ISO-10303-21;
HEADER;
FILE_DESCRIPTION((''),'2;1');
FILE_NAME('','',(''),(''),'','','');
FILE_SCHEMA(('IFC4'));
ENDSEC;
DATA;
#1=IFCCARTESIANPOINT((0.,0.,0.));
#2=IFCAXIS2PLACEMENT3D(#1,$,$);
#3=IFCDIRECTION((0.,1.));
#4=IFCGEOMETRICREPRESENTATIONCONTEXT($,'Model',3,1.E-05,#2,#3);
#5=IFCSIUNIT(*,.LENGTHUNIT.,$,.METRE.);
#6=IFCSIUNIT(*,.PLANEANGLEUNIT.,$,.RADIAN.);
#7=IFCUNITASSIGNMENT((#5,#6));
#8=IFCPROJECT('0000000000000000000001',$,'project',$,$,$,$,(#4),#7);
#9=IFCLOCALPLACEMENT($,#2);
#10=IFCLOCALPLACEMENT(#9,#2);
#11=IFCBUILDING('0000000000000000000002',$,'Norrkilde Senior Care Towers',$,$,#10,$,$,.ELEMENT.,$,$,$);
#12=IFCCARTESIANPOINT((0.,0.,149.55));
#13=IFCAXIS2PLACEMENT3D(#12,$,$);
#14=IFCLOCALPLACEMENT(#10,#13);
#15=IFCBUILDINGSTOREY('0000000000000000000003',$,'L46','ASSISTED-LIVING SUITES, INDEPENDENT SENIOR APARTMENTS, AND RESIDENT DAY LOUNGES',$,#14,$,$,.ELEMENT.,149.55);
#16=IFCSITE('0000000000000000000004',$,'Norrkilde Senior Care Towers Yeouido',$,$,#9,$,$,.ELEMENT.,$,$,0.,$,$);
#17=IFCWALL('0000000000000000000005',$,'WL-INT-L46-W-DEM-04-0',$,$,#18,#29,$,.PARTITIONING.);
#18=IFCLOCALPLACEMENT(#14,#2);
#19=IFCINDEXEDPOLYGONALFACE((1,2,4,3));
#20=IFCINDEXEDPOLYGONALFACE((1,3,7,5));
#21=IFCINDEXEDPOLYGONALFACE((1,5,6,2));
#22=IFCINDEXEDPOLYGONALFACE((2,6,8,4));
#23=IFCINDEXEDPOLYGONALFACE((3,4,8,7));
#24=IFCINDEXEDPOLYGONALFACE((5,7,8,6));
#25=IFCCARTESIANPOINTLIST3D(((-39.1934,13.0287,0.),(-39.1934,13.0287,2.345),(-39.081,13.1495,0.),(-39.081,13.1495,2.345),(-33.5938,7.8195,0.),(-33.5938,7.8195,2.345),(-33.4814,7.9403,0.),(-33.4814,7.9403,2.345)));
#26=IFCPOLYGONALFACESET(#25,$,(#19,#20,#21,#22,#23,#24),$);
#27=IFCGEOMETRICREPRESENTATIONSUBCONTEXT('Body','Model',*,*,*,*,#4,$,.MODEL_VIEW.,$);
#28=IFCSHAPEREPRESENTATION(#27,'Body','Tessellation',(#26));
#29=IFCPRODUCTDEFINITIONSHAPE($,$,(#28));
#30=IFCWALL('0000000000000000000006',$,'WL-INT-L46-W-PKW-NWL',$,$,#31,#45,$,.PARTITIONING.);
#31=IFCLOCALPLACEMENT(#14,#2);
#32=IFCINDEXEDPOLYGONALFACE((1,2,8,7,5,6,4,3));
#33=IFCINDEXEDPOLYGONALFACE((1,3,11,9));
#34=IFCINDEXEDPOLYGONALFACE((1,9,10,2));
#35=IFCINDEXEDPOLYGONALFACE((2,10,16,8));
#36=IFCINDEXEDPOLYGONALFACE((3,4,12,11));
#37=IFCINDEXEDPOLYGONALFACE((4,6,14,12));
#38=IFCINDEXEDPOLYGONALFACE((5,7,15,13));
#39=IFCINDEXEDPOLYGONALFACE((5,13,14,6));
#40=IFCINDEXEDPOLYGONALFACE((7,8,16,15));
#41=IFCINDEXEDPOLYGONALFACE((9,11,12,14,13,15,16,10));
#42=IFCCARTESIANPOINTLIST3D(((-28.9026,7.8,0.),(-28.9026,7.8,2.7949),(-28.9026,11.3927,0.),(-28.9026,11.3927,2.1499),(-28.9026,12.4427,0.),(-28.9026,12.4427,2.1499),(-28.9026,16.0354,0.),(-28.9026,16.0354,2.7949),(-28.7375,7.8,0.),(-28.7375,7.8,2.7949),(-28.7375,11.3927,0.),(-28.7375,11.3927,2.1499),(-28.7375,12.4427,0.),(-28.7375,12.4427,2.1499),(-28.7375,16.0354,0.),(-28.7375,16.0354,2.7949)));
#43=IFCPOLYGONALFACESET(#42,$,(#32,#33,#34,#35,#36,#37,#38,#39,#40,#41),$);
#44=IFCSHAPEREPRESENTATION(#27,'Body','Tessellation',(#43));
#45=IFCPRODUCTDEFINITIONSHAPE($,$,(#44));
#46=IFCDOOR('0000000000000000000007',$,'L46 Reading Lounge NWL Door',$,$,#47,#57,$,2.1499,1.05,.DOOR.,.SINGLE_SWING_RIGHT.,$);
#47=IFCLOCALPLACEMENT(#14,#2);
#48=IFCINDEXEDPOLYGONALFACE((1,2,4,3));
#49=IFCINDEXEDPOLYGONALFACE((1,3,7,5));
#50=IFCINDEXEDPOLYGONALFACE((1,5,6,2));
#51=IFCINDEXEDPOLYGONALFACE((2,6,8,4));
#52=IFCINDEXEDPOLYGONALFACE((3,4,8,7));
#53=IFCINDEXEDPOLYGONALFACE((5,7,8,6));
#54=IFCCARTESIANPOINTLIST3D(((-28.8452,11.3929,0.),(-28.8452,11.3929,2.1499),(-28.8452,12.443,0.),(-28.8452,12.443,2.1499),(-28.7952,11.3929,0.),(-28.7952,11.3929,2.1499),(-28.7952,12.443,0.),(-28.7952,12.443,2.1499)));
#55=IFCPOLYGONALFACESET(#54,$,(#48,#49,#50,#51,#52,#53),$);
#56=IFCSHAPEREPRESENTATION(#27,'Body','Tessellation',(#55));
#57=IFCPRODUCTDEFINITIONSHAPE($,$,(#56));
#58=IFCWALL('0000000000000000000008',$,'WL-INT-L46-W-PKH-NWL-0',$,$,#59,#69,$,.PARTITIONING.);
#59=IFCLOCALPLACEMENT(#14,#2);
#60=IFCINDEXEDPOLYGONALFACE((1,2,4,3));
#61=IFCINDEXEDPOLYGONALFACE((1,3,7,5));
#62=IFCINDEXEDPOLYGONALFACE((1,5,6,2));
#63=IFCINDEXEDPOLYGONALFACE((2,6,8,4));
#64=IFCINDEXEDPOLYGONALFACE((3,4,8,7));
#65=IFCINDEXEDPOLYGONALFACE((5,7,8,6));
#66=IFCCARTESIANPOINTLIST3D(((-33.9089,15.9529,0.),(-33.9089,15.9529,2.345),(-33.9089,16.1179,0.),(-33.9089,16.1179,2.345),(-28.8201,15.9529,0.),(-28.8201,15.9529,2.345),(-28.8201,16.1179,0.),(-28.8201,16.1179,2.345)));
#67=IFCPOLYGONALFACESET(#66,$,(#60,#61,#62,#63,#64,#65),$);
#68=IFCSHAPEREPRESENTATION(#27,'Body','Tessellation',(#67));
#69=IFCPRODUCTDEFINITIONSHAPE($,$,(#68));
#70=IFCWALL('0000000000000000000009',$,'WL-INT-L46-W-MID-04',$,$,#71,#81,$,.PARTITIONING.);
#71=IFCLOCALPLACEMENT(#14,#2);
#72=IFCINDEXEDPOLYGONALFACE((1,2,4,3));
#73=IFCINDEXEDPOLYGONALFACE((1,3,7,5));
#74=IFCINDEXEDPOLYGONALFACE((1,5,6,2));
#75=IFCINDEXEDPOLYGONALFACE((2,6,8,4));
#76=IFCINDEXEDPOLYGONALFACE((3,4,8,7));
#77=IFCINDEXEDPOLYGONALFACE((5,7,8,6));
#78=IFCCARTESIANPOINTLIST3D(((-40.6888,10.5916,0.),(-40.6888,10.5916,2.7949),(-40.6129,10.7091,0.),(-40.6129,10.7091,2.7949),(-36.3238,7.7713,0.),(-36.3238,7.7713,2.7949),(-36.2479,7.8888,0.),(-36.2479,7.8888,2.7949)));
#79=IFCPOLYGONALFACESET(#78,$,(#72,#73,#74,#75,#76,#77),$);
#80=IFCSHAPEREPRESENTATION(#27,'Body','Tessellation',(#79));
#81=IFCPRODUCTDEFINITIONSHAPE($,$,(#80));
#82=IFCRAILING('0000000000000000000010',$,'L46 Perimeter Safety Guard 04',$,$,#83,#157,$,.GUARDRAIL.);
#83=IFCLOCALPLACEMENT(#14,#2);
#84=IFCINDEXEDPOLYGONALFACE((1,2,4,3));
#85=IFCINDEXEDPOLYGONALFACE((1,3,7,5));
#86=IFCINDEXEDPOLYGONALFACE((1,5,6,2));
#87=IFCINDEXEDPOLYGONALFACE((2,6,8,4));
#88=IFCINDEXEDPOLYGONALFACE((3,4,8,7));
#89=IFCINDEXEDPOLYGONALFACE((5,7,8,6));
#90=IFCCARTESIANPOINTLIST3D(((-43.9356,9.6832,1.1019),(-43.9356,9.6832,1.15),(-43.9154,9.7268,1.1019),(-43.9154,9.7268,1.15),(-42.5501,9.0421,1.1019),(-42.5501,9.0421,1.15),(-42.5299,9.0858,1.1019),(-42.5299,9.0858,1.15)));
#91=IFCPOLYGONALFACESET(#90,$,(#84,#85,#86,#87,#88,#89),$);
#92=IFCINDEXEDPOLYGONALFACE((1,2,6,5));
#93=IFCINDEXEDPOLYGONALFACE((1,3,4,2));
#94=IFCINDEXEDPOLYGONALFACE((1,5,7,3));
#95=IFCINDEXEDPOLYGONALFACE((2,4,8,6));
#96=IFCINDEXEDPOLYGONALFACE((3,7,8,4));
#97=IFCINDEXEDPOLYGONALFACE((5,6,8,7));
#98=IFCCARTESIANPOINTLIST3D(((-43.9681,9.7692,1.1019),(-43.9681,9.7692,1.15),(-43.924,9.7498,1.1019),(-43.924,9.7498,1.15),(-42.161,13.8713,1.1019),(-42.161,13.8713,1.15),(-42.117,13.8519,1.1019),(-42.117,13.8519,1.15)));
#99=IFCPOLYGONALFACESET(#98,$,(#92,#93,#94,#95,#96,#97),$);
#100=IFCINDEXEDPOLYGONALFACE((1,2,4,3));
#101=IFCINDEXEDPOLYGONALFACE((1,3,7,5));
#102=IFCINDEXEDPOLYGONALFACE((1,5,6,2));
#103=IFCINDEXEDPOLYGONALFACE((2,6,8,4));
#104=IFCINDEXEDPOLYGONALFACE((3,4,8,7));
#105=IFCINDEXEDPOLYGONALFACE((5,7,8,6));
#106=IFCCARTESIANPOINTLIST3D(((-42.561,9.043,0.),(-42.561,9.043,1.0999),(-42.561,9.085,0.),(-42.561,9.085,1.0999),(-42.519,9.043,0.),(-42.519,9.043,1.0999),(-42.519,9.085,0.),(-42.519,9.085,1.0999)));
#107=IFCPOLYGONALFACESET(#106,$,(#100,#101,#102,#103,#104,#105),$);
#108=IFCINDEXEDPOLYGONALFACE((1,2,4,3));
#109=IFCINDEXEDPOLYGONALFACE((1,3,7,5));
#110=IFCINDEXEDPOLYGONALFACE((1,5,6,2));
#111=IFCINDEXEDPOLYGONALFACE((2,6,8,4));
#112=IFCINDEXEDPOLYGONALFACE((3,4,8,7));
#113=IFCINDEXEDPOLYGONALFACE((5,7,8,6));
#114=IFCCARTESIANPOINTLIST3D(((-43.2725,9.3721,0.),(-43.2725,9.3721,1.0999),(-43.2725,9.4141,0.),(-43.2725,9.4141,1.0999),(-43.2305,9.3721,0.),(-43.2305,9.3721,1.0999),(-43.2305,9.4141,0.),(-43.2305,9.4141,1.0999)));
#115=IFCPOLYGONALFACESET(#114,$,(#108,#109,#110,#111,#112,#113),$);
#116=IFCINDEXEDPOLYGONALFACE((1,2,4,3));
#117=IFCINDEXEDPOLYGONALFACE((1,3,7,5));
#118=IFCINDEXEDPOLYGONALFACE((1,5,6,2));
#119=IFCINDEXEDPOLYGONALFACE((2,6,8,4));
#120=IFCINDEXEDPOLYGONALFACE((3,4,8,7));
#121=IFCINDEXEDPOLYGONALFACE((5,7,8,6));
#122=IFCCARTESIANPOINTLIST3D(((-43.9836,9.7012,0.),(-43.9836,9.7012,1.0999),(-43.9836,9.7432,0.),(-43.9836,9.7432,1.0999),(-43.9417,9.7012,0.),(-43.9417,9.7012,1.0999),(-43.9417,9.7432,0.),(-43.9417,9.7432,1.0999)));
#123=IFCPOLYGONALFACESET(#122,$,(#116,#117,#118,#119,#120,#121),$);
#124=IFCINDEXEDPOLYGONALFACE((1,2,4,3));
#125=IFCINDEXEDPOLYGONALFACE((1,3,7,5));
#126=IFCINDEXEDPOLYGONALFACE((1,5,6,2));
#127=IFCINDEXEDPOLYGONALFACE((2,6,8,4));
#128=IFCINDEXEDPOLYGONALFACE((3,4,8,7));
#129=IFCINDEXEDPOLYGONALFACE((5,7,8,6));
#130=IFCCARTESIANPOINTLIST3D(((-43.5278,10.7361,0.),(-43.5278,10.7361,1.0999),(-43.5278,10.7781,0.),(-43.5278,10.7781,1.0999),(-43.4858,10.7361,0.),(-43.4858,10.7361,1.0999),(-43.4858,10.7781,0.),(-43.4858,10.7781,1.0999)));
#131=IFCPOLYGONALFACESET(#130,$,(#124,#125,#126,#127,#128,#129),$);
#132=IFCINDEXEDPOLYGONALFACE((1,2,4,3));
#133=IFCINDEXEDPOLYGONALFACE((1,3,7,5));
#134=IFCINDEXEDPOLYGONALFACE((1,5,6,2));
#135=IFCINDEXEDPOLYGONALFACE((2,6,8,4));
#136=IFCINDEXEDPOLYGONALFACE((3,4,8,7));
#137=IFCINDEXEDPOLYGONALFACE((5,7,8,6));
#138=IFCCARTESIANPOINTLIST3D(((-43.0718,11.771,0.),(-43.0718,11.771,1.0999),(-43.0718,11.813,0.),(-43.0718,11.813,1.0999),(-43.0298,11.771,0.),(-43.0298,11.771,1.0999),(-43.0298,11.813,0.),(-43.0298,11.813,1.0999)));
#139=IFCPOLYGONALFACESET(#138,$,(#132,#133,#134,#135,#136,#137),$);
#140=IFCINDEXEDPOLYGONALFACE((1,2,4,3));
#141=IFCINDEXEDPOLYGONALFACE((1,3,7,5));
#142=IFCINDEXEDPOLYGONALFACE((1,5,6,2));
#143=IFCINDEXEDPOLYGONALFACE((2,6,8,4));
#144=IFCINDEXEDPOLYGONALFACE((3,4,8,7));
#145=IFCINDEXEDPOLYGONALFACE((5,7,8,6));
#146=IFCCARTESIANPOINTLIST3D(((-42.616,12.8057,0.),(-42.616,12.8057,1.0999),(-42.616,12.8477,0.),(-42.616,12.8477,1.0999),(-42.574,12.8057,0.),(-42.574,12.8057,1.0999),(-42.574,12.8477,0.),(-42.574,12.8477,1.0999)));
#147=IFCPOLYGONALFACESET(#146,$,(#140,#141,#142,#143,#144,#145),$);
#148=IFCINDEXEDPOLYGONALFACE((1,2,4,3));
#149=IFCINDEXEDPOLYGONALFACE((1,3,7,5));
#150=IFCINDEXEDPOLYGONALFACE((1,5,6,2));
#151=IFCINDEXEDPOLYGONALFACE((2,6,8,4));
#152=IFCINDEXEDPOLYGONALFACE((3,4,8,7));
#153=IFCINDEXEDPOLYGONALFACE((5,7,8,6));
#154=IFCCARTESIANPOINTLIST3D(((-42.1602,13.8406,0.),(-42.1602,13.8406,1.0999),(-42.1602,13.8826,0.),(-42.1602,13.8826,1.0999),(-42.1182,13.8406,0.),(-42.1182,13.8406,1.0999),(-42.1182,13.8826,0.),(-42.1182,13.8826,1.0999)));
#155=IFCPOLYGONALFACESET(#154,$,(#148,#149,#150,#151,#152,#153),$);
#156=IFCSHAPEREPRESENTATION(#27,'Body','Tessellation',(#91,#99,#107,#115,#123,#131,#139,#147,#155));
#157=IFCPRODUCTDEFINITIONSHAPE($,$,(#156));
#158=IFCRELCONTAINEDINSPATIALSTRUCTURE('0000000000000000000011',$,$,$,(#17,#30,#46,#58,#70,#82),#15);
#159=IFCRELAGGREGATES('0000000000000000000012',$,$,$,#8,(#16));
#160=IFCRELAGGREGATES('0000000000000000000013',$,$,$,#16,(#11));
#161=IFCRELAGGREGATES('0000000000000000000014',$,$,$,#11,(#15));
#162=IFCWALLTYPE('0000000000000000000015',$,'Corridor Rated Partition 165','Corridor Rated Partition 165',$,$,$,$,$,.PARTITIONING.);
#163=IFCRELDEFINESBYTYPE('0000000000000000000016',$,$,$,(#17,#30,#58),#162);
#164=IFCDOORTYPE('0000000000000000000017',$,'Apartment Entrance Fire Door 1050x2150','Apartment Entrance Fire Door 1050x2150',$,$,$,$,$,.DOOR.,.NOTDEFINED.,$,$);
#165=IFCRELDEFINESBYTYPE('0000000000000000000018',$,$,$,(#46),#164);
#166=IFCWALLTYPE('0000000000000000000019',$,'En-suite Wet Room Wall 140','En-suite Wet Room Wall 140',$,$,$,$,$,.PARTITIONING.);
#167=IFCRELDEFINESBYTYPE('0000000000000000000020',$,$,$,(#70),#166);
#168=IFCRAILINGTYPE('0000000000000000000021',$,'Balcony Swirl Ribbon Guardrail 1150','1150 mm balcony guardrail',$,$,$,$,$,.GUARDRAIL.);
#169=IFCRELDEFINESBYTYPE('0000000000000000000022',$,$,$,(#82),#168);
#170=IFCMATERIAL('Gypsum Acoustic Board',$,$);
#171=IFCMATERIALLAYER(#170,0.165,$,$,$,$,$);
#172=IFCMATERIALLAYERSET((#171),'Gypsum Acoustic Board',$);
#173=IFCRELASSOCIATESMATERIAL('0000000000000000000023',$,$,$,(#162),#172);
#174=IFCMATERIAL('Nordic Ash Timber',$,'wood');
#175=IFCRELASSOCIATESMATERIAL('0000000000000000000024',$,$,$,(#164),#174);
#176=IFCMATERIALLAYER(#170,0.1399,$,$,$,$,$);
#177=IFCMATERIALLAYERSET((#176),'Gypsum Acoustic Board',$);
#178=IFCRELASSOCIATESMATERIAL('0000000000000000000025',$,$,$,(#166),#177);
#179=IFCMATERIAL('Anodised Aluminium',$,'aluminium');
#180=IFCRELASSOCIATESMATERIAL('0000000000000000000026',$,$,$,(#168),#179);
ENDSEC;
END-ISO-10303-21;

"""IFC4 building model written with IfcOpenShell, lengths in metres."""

from ifc_helpers import new_model, si_unit, direction, frame, frame_2d, origin, origin_2d, place, context, subcontext, project, spatial, rectangle, extrude, source, transform, mapped, material, layer, layer_set, type_object, type_shapes, element, fill, save


model = new_model("IFC4")

# Units and contexts
model_context = context("Model", 3, precision=1e-05, world=origin(), true_north=direction((0.0, 1.0)))
body_context = subcontext(model_context, "Body", "Model", "MODEL_VIEW")
ifc_project = project(units=[si_unit("LENGTHUNIT", "METRE"), si_unit("PLANEANGLEUNIT", "RADIAN")], contexts=[model_context])

# Site, building, storey
site_placement = place(None, origin())
site = spatial("IfcSite", under=ifc_project, at=site_placement, Name="Norrkilde Senior Care Towers Yeouido", CompositionType="ELEMENT", RefElevation=0.0)
building_placement = place(site_placement, origin())
building = spatial("IfcBuilding", under=site, at=building_placement, Name="Norrkilde Senior Care Towers", CompositionType="ELEMENT")
storey_placement = place(building_placement, frame((0.0, 0.0, 149.55)))
storey = spatial("IfcBuildingStorey", under=building, at=storey_placement, Name="L46", Description="ASSISTED-LIVING SUITES, INDEPENDENT SENIOR APARTMENTS, AND RESIDENT DAY LOUNGES", CompositionType="ELEMENT", Elevation=149.55)

# Shared definitions
ifc_material_1 = material(Name="Anodised Aluminium", Category="aluminium")

# Shared definitions
ifc_material_2 = material(Name="Gypsum Acoustic Board")
ifc_layer_1 = layer(ifc_material_2, 0.165)
ifc_layer_set_1 = layer_set([ifc_layer_1], Name="Gypsum Acoustic Board")
wall_type_1 = type_object("IfcWallType", Name="Corridor Rated Partition 165", Description="Corridor Rated Partition 165", PredefinedType="PARTITIONING", material=ifc_layer_set_1)
ifc_material_3 = material(Name="Nordic Ash Timber", Category="wood")

# Wall
shared_shape_1 = source(origin(), body_context, "Body", "SweptSolid", [
    extrude(rectangle(XDim=7.6479, YDim=0.165, at=frame_2d((3.824, 0.0))), origin(), (0.0, 0.0, 1.0), 2.345),
])
wall_1_placement = place(storey_placement, frame((-33.5376, 7.8799, 0.0), z_axis=(0.0, 0.0, 1.0), x_axis=(-0.732168, 0.681124, 0.0)))
element("IfcWall", 1, at=wall_1_placement, inside=storey, type_object=wall_type_1, Name="WL-INT-L46-W-DEM-04-0", PredefinedType="PARTITIONING", context=body_context, shape_type="MappedRepresentation", body=[
    mapped(shared_shape_1, transform((0.0, 0.0, 0.0), x_axis=(1.0, 0.0, 0.0), y_axis=(0.0, 1.0, 0.0), z_axis=(0.0, 0.0, 1.0), scale=1.0)),
])

# Wall, opening, door
shared_shape_2 = source(origin(), body_context, "Body", "SweptSolid", [
    extrude(rectangle(XDim=8.2354, YDim=0.165, at=frame_2d((4.1177, 0.0))), origin(), (0.0, 0.0, 1.0), 2.7949),
])
wall_2_placement = place(storey_placement, frame((-28.8201, 7.8, 0.0), z_axis=(0.0, 0.0, 1.0), x_axis=(0.0, 1.0, 0.0)))
wall_2 = element("IfcWall", 2, at=wall_2_placement, inside=storey, type_object=wall_type_1, Name="WL-INT-L46-W-PKW-NWL", PredefinedType="PARTITIONING", context=body_context, shape_type="MappedRepresentation", body=[
    mapped(shared_shape_2, transform((0.0, 0.0, 0.0), x_axis=(1.0, 0.0, 0.0), y_axis=(0.0, 1.0, 0.0), z_axis=(0.0, 0.0, 1.0), scale=1.0)),
])
opening_1_placement = place(wall_2_placement, frame((3.5928, 0.0, 0.0)))
opening_1 = element("IfcOpeningElement", 3, at=opening_1_placement, cuts=wall_2, PredefinedType="OPENING", context=body_context, shape_type="SweptSolid", body=[
    extrude(rectangle(XDim=1.05, YDim=2.1499, at=frame_2d((0.5249, 1.075))), frame((0.0, 0.0925, 0.0), z_axis=(0.0, -1.0, 0.0), x_axis=(1.0, 0.0, 0.0)), (0.0, 0.0, 1.0), 0.1851),
])
door_type_1 = type_object("IfcDoorType", Name="Apartment Entrance Fire Door 1050x2150", Description="Apartment Entrance Fire Door 1050x2150", OperationType="NOTDEFINED", PredefinedType="DOOR", material=ifc_material_3)
shared_shape_3 = source(origin(), body_context, "Body", "SweptSolid", [
    extrude(rectangle(XDim=1.05, YDim=2.1499, at=frame_2d((0.5249, 1.075))), frame((0.0, 0.0249, 0.0), z_axis=(0.0, -1.0, 0.0), x_axis=(1.0, 0.0, 0.0)), (0.0, 0.0, 1.0), 0.05),
])
type_shapes(door_type_1, [shared_shape_3])
door_1_placement = place(opening_1_placement, frame((1.05, 0.0, 0.0), z_axis=(0.0, 0.0, 1.0), x_axis=(-1.0, 0.0, 0.0)))
door_1 = element("IfcDoor", 4, at=door_1_placement, inside=storey, type_object=door_type_1, Name="L46 Reading Lounge NWL Door", OperationType="SINGLE_SWING_RIGHT", OverallHeight=2.1499, OverallWidth=1.05, PredefinedType="DOOR", context=body_context, shape_type="MappedRepresentation", body=[
    mapped(shared_shape_3, transform((0.0, 0.0, 0.0), x_axis=(1.0, 0.0, 0.0), y_axis=(0.0, 1.0, 0.0), z_axis=(0.0, 0.0, 1.0), scale=1.0)),
])
fill(opening_1, door_1)

# Walls
shared_shape_4 = source(origin(), body_context, "Body", "SweptSolid", [
    extrude(rectangle(XDim=5.0889, YDim=0.165, at=frame_2d((2.5444, 0.0))), origin(), (0.0, 0.0, 1.0), 2.345),
])
wall_3_placement = place(storey_placement, frame((-33.9089, 16.0354, 0.0), z_axis=(0.0, 0.0, 1.0), x_axis=(1.0, 0.0, 0.0)))
element("IfcWall", 5, at=wall_3_placement, inside=storey, type_object=wall_type_1, Name="WL-INT-L46-W-PKH-NWL-0", PredefinedType="PARTITIONING", context=body_context, shape_type="MappedRepresentation", body=[
    mapped(shared_shape_4, transform((0.0, 0.0, 0.0), x_axis=(1.0, 0.0, 0.0), y_axis=(0.0, 1.0, 0.0), z_axis=(0.0, 0.0, 1.0), scale=1.0)),
])
ifc_layer_2 = layer(ifc_material_2, 0.1399)
ifc_layer_set_2 = layer_set([ifc_layer_2], Name="Gypsum Acoustic Board")
wall_type_2 = type_object("IfcWallType", Name="En-suite Wet Room Wall 140", Description="En-suite Wet Room Wall 140", PredefinedType="PARTITIONING", material=ifc_layer_set_2)
shared_shape_5 = source(origin(), body_context, "Body", "SweptSolid", [
    extrude(rectangle(XDim=5.1968, YDim=0.1399, at=frame_2d((2.5984, 0.0))), origin(), (0.0, 0.0, 1.0), 2.7949),
])
type_shapes(wall_type_2, [shared_shape_5])
wall_4_placement = place(storey_placement, frame((-36.2859, 7.8301, 0.0), z_axis=(0.0, 0.0, 1.0), x_axis=(-0.839929, 0.542696, 0.0)))
element("IfcWall", 6, at=wall_4_placement, inside=storey, type_object=wall_type_2, Name="WL-INT-L46-W-MID-04", PredefinedType="PARTITIONING", context=body_context, shape_type="MappedRepresentation", body=[
    mapped(shared_shape_5, transform((0.0, 0.0, 0.0), x_axis=(1.0, 0.0, 0.0), y_axis=(0.0, 1.0, 0.0), z_axis=(0.0, 0.0, 1.0), scale=1.0)),
])

# Railing
railing_type = type_object("IfcRailingType", Name="Balcony Swirl Ribbon Guardrail 1150", Description="1150 mm balcony guardrail", PredefinedType="GUARDRAIL", material=ifc_material_1)
railing_1_placement = place(storey_placement, frame((-42.54, 9.064, 0.0)))
element("IfcRailing", 7, at=railing_1_placement, inside=storey, type_object=railing_type, Name="L46 Perimeter Safety Guard 04", PredefinedType="GUARDRAIL", context=body_context, shape_type="SweptSolid", body=[
    extrude(rectangle(XDim=0.0481, YDim=0.0481, at=origin_2d()), frame((0.0, 0.0, 1.126), z_axis=(-0.907567, 0.419907, 0.0), x_axis=(-0.419907, -0.907567, 0.0)), (0.0, 0.0, 1.0), 1.5266),
    extrude(rectangle(XDim=0.0481, YDim=0.0481, at=origin_2d()), frame((-1.406, 0.6956, 1.126), z_axis=(0.403137, 0.91514, 0.0), x_axis=(-0.91514, 0.403137, 0.0)), (0.0, 0.0, 1.0), 4.4824),
    extrude(rectangle(XDim=0.042, YDim=0.042, at=origin_2d()), origin(), (0.0, 0.0, 1.0), 1.0999),
    extrude(rectangle(XDim=0.042, YDim=0.042, at=origin_2d()), frame((-0.7114, 0.3291, 0.0)), (0.0, 0.0, 1.0), 1.0999),
    extrude(rectangle(XDim=0.042, YDim=0.042, at=origin_2d()), frame((-1.4226, 0.6582, 0.0)), (0.0, 0.0, 1.0), 1.0999),
    extrude(rectangle(XDim=0.042, YDim=0.042, at=origin_2d()), frame((-0.9668, 1.6931, 0.0)), (0.0, 0.0, 1.0), 1.0999),
    extrude(rectangle(XDim=0.042, YDim=0.042, at=origin_2d()), frame((-0.5107, 2.728, 0.0)), (0.0, 0.0, 1.0), 1.0999),
    extrude(rectangle(XDim=0.042, YDim=0.042, at=origin_2d()), frame((-0.0549, 3.7627, 0.0)), (0.0, 0.0, 1.0), 1.0999),
    extrude(rectangle(XDim=0.042, YDim=0.042, at=origin_2d()), frame((0.4009, 4.7976, 0.0)), (0.0, 0.0, 1.0), 1.0999),
])

save(model, "model.ifc")
